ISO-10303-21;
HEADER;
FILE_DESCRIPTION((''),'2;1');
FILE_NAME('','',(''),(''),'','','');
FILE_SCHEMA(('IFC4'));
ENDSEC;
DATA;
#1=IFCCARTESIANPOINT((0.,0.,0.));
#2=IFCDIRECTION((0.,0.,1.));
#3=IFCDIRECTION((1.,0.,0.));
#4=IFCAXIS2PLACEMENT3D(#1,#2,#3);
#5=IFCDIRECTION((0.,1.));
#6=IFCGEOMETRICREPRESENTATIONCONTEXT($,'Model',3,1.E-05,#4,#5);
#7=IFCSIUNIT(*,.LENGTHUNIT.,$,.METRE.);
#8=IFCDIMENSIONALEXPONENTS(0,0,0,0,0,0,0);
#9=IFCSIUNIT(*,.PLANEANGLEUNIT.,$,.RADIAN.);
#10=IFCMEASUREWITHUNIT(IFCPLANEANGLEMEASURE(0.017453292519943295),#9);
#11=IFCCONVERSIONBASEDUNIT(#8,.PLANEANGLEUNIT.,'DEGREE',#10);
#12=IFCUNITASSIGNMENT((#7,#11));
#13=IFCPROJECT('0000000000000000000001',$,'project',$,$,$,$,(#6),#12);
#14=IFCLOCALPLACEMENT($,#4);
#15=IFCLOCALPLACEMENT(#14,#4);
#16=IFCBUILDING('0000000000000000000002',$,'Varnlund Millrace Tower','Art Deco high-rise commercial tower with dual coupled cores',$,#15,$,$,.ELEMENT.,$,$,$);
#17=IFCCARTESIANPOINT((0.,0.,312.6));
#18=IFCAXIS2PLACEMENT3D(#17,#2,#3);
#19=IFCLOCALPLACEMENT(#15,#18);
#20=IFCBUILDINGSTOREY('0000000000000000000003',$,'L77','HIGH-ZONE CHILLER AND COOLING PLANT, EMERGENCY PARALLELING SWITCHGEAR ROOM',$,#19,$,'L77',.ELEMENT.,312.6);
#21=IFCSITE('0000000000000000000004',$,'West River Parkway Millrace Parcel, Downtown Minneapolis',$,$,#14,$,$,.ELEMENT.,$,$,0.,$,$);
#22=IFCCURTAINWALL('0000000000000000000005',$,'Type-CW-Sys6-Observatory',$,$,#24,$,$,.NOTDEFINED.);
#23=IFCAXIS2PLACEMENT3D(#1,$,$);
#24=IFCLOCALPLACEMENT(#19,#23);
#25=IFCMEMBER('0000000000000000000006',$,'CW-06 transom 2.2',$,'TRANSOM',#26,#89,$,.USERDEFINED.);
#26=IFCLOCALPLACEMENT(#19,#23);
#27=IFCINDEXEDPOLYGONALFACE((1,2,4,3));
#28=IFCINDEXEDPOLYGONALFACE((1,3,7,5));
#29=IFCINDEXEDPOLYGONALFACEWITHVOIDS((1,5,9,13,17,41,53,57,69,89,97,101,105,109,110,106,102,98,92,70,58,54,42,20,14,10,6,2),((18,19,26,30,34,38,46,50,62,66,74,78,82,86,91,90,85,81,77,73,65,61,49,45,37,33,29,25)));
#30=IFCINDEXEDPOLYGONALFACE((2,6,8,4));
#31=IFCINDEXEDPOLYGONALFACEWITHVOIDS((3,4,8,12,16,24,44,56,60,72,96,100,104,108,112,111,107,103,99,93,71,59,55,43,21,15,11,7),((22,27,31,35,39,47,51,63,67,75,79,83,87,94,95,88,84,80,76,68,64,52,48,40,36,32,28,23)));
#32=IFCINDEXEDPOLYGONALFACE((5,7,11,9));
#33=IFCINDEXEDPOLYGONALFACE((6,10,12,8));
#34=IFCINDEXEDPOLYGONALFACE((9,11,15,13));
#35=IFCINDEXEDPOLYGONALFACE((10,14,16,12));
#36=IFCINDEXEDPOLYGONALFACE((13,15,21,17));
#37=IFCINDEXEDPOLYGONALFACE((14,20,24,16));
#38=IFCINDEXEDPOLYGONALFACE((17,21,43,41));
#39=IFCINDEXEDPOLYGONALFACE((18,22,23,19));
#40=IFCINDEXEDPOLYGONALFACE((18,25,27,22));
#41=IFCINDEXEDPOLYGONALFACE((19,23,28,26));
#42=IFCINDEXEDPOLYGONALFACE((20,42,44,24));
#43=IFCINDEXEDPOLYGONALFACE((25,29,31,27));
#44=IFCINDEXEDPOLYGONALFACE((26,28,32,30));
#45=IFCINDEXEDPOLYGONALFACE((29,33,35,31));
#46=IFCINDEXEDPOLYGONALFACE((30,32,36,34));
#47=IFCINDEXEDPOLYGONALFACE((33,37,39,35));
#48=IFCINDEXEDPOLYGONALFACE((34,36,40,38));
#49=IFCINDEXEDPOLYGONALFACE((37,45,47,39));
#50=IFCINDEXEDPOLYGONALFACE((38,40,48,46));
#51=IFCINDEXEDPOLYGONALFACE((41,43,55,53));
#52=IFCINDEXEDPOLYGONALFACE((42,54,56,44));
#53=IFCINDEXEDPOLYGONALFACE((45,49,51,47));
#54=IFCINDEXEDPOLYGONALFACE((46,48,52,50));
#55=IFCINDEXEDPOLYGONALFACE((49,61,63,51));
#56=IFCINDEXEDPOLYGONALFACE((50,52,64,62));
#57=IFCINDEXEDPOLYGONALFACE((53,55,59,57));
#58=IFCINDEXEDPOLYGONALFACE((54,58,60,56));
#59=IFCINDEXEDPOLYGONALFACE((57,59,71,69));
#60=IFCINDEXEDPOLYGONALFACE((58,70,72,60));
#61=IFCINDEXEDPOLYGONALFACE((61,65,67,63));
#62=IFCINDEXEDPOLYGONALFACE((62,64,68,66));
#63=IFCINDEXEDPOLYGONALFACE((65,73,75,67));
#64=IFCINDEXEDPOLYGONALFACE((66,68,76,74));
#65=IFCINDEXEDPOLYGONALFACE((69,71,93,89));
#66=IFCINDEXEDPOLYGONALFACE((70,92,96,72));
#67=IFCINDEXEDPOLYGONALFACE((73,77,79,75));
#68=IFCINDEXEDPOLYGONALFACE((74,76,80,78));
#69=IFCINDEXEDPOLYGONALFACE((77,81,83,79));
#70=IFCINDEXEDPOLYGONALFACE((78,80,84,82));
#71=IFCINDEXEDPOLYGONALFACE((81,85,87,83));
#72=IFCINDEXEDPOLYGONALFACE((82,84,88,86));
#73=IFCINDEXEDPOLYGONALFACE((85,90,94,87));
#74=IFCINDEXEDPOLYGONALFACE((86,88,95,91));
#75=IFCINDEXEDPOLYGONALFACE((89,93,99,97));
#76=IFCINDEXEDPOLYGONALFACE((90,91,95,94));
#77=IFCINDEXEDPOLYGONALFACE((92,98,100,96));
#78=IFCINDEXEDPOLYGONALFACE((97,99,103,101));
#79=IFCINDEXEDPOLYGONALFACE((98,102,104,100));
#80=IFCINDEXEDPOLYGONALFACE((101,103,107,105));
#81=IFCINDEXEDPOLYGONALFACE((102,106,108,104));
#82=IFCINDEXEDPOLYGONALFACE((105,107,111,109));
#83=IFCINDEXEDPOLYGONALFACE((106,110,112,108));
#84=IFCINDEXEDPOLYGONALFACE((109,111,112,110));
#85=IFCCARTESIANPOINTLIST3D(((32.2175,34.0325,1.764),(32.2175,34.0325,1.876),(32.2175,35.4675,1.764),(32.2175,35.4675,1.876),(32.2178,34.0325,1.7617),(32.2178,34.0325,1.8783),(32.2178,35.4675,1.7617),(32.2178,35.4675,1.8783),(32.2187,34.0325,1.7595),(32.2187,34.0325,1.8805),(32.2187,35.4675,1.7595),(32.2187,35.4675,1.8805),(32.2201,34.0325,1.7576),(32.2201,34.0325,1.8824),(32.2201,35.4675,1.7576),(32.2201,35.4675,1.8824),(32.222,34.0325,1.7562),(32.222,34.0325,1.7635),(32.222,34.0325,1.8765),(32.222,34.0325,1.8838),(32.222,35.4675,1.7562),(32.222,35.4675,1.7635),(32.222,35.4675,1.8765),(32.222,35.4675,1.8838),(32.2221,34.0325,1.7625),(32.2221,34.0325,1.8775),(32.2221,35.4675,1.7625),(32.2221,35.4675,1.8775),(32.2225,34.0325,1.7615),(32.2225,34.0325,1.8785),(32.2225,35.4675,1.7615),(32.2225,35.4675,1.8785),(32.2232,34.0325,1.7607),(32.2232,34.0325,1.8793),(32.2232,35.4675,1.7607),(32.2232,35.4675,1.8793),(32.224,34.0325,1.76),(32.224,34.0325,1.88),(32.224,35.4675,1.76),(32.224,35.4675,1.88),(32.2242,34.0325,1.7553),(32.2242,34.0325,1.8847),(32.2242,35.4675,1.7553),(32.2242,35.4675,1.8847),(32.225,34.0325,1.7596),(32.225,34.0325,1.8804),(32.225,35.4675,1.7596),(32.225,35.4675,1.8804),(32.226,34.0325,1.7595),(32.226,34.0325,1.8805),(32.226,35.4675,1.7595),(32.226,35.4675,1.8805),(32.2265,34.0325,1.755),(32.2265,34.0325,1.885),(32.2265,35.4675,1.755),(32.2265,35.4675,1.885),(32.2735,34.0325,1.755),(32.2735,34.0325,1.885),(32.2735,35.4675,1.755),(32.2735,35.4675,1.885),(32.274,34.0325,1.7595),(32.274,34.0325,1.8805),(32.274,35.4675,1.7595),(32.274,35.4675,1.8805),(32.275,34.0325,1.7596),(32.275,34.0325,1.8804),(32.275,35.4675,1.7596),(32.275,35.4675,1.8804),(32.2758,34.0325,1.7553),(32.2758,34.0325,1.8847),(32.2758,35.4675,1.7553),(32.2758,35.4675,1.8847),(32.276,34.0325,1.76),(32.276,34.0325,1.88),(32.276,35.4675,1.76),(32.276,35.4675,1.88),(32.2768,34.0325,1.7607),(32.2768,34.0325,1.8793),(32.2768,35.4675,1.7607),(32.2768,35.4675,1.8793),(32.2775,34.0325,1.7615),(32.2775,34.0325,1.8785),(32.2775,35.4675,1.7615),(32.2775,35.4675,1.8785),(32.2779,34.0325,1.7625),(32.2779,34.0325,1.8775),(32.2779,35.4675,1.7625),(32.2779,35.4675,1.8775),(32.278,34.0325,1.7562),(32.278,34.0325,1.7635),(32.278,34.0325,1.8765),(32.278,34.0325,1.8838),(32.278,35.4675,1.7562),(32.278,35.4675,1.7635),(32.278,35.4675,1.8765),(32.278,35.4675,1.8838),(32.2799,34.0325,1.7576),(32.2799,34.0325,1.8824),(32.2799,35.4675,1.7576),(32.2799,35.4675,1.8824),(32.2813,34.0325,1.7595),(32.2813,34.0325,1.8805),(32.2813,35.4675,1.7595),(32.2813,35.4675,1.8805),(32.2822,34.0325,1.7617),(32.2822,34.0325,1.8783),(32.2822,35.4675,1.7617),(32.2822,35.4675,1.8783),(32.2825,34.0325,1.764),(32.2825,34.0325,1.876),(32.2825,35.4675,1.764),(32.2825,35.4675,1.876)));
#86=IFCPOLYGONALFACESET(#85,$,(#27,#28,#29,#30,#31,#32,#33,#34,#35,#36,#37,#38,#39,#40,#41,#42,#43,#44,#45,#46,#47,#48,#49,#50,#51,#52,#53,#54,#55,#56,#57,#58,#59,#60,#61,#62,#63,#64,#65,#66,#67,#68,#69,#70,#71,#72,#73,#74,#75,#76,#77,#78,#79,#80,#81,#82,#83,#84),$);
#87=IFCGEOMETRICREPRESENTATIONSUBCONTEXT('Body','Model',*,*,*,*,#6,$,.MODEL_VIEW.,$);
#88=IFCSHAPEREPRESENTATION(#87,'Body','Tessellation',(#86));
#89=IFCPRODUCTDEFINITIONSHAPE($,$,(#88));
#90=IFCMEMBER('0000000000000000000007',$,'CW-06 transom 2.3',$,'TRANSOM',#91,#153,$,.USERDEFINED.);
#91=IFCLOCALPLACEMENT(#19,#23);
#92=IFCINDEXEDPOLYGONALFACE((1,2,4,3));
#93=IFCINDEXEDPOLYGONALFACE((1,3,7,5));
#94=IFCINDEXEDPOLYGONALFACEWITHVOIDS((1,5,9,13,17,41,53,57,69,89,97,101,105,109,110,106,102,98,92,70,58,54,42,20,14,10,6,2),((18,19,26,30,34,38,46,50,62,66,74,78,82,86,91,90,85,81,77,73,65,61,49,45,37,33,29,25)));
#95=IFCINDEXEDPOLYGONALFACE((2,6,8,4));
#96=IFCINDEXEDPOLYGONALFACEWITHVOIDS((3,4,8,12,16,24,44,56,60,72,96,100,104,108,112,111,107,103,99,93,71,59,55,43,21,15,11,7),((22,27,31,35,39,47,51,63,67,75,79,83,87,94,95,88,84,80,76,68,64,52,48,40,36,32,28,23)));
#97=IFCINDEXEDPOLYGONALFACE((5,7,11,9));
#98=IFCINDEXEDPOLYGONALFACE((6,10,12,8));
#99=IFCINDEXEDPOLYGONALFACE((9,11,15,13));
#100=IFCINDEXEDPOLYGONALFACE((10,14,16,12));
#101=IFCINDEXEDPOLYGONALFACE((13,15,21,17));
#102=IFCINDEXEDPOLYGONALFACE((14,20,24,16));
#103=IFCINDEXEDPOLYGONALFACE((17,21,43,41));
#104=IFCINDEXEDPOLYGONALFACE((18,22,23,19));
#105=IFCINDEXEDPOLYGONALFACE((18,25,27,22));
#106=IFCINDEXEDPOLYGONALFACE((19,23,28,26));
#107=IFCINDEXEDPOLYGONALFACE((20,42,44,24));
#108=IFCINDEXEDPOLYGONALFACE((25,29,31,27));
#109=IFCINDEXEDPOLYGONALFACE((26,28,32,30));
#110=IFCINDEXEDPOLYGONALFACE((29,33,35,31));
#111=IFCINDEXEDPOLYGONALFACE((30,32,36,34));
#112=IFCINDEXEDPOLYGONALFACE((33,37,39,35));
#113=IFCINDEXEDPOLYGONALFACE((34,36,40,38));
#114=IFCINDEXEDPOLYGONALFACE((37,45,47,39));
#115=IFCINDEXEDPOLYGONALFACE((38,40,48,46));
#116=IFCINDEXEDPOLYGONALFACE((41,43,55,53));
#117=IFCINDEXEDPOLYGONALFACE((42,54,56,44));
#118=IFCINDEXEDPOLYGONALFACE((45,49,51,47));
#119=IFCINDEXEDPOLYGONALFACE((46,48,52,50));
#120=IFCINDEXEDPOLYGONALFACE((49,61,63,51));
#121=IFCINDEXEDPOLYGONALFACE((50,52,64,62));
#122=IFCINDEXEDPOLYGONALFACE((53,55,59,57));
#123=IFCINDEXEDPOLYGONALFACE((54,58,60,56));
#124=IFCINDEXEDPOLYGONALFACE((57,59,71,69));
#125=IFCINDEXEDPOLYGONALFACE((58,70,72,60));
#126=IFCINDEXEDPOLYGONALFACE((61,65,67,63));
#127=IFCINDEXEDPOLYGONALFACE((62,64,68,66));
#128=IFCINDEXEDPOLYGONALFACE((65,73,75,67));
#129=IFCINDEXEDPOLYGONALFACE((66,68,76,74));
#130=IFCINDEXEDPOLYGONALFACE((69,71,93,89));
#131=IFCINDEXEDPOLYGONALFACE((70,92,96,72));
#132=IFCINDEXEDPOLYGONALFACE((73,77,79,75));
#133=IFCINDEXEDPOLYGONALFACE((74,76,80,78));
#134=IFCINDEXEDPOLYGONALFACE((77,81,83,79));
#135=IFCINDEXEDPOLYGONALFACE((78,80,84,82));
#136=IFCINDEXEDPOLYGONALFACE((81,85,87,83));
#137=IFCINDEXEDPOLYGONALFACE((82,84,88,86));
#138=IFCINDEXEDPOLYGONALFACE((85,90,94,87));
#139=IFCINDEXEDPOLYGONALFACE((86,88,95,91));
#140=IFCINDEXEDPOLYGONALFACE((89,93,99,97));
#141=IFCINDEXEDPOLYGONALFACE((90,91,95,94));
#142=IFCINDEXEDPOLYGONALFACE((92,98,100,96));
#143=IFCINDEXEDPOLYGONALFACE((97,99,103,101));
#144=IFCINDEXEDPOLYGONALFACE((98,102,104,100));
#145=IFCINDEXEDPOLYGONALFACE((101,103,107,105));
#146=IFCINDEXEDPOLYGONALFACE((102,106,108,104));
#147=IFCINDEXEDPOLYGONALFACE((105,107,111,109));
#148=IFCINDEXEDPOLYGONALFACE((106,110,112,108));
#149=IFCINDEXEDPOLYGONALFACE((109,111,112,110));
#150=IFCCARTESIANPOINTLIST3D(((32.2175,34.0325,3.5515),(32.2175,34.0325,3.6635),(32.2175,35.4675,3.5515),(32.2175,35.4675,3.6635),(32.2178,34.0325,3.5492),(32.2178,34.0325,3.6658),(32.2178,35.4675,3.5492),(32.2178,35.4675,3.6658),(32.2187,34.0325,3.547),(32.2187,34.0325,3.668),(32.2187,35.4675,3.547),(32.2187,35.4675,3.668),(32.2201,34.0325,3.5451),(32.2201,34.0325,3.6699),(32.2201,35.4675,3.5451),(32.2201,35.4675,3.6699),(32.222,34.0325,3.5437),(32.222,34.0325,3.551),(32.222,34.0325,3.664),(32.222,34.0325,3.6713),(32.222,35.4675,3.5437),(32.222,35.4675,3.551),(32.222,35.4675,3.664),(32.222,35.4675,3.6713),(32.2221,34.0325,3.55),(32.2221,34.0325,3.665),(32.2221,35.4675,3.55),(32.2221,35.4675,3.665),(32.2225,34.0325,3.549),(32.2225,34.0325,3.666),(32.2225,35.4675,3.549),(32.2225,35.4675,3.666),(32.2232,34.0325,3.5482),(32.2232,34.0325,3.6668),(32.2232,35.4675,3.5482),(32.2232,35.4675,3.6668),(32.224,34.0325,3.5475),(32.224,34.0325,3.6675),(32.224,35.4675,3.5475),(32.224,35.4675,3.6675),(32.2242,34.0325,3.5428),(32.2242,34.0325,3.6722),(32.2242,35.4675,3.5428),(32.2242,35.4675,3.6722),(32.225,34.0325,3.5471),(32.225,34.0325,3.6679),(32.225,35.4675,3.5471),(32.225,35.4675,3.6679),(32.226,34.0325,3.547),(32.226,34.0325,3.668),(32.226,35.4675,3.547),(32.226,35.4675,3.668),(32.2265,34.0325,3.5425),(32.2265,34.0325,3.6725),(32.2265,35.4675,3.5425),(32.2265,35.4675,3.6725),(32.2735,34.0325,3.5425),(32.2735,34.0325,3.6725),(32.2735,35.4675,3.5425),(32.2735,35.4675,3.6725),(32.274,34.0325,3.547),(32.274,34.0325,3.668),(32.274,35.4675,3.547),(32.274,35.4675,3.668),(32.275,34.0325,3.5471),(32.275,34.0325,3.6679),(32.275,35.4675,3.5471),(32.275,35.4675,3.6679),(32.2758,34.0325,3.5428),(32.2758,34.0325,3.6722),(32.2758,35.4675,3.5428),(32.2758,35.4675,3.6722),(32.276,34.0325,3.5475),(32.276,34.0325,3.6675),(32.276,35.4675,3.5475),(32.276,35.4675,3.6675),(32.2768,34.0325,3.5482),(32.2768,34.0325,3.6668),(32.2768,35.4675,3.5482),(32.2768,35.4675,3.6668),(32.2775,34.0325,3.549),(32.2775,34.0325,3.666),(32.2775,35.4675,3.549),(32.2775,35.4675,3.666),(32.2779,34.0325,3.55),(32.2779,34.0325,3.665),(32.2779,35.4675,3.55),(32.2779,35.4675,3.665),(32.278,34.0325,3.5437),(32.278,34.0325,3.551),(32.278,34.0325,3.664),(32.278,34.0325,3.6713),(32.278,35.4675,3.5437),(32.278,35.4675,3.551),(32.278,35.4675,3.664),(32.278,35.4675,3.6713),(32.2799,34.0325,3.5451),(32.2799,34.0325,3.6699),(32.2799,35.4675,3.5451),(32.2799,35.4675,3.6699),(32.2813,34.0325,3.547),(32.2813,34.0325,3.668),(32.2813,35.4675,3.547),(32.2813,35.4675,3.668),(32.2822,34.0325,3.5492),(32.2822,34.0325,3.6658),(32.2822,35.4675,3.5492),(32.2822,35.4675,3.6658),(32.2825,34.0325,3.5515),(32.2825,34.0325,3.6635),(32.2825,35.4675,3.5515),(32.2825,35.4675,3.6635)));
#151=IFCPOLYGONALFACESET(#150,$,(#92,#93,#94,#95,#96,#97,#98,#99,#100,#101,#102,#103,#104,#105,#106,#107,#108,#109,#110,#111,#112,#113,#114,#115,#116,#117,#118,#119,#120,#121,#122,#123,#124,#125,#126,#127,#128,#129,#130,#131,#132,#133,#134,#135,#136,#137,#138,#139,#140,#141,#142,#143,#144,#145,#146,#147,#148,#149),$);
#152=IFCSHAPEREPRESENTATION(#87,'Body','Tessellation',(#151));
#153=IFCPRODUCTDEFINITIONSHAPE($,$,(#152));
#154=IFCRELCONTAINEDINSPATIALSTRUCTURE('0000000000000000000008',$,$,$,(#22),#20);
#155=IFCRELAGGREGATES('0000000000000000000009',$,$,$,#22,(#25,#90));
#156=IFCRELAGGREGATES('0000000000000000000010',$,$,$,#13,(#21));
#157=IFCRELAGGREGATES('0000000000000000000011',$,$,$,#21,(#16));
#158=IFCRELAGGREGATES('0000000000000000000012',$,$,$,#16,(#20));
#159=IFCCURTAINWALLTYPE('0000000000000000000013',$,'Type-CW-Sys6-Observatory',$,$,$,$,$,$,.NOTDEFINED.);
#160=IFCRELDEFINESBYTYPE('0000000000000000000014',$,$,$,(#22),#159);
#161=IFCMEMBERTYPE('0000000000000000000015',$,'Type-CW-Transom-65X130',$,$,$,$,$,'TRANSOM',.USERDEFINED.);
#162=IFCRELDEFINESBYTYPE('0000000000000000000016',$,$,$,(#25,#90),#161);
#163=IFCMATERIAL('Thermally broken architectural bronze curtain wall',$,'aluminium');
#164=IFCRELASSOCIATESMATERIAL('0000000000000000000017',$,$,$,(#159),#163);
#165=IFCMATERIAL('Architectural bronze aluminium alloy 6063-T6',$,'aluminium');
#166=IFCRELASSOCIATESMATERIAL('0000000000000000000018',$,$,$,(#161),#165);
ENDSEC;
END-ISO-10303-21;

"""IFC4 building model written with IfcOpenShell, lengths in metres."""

from ifc_helpers import new_model, entity, si_unit, converted_unit, direction, frame, origin_with_axes, origin_2d_with_axis, place, context, subcontext, project, spatial, hollow_rectangle, extrude, material, material_profile, profile_set, type_object, element, aggregate, save


model = new_model("IFC4")

# Units and contexts
model_context = context("Model", 3, precision=1e-05, world=origin_with_axes(), true_north=direction((0.0, 1.0)))
body_context = subcontext(model_context, "Body", "Model", "MODEL_VIEW")
ifc_project = project(units=[si_unit("LENGTHUNIT", "METRE"), converted_unit("PLANEANGLEUNIT", "DEGREE", entity("IfcPlaneAngleMeasure", 0.017453292519943295), si_unit("PLANEANGLEUNIT", "RADIAN"), dimensions=[0, 0, 0, 0, 0, 0, 0])], contexts=[model_context])

# Site, building, storey
site_placement = place(None, origin_with_axes())
site = spatial("IfcSite", under=ifc_project, at=site_placement, Name="West River Parkway Millrace Parcel, Downtown Minneapolis", CompositionType="ELEMENT", RefElevation=0.0)
building_placement = place(site_placement, origin_with_axes())
building = spatial("IfcBuilding", under=site, at=building_placement, Name="Varnlund Millrace Tower", Description="Art Deco high-rise commercial tower with dual coupled cores", CompositionType="ELEMENT")
storey_placement = place(building_placement, frame((0.0, 0.0, 312.6), z_axis=(0.0, 0.0, 1.0), x_axis=(1.0, 0.0, 0.0)))
storey = spatial("IfcBuildingStorey", under=building, at=storey_placement, Name="L77", Description="HIGH-ZONE CHILLER AND COOLING PLANT, EMERGENCY PARALLELING SWITCHGEAR ROOM", LongName="L77", CompositionType="ELEMENT", Elevation=312.6)

# Curtain wall, members
ifc_material_1 = material(Name="Thermally broken architectural bronze curtain wall", Category="aluminium")
curtain_wall_type = type_object("IfcCurtainWallType", Name="Type-CW-Sys6-Observatory", PredefinedType="NOTDEFINED", material=ifc_material_1)
curtain_wall_1_placement = place(storey_placement, frame((32.25, 37.0, 0.0), z_axis=(0.0, 0.0, 1.0), x_axis=(1.0, 0.0, 0.0)))
curtain_wall_1 = element("IfcCurtainWall", 1, at=curtain_wall_1_placement, inside=storey, type_object=curtain_wall_type, Name="Type-CW-Sys6-Observatory", PredefinedType="NOTDEFINED")
ifc_material_2 = material(Name="Architectural bronze aluminium alloy 6063-T6", Category="aluminium")
ifc_material_profile_1 = material_profile(ifc_material_2, hollow_rectangle(XDim=0.065, YDim=0.13, WallThickness=0.0045, InnerFilletRadius=0.004, OuterFilletRadius=0.009, at=origin_2d_with_axis()), Name="Architectural bronze aluminium alloy 6063-T6")
ifc_profile_set_1 = profile_set([ifc_material_profile_1], Name="Architectural bronze aluminium alloy 6063-T6")
member_type = type_object("IfcMemberType", Name="Type-CW-Transom-65X130", ElementType="TRANSOM", PredefinedType="USERDEFINED", material=ifc_profile_set_1)
member_1_placement = place(storey_placement, frame((32.25, 35.4675, 1.82), z_axis=(0.0, -1.0, 0.0), x_axis=(1.0, 0.0, 0.0)))
member_1 = element("IfcMember", 2, at=member_1_placement, type_object=member_type, Name="CW-06 transom 2.2", ObjectType="TRANSOM", PredefinedType="USERDEFINED", context=body_context, shape_type="SweptSolid", body=[
    extrude(hollow_rectangle(XDim=0.065, YDim=0.13, WallThickness=0.0045, InnerFilletRadius=0.004, OuterFilletRadius=0.009, at=origin_2d_with_axis()), origin_with_axes(), (0.0, 0.0, 1.0), 1.435),
])
member_2_placement = place(storey_placement, frame((32.25, 35.4675, 3.6075), z_axis=(0.0, -1.0, 0.0), x_axis=(1.0, 0.0, 0.0)))
member_2 = element("IfcMember", 3, at=member_2_placement, type_object=member_type, Name="CW-06 transom 2.3", ObjectType="TRANSOM", PredefinedType="USERDEFINED", context=body_context, shape_type="SweptSolid", body=[
    extrude(hollow_rectangle(XDim=0.065, YDim=0.13, WallThickness=0.0045, InnerFilletRadius=0.004, OuterFilletRadius=0.009, at=origin_2d_with_axis()), origin_with_axes(), (0.0, 0.0, 1.0), 1.435),
])

aggregate(curtain_wall_1, [member_1, member_2])

save(model, "model.ifc")
